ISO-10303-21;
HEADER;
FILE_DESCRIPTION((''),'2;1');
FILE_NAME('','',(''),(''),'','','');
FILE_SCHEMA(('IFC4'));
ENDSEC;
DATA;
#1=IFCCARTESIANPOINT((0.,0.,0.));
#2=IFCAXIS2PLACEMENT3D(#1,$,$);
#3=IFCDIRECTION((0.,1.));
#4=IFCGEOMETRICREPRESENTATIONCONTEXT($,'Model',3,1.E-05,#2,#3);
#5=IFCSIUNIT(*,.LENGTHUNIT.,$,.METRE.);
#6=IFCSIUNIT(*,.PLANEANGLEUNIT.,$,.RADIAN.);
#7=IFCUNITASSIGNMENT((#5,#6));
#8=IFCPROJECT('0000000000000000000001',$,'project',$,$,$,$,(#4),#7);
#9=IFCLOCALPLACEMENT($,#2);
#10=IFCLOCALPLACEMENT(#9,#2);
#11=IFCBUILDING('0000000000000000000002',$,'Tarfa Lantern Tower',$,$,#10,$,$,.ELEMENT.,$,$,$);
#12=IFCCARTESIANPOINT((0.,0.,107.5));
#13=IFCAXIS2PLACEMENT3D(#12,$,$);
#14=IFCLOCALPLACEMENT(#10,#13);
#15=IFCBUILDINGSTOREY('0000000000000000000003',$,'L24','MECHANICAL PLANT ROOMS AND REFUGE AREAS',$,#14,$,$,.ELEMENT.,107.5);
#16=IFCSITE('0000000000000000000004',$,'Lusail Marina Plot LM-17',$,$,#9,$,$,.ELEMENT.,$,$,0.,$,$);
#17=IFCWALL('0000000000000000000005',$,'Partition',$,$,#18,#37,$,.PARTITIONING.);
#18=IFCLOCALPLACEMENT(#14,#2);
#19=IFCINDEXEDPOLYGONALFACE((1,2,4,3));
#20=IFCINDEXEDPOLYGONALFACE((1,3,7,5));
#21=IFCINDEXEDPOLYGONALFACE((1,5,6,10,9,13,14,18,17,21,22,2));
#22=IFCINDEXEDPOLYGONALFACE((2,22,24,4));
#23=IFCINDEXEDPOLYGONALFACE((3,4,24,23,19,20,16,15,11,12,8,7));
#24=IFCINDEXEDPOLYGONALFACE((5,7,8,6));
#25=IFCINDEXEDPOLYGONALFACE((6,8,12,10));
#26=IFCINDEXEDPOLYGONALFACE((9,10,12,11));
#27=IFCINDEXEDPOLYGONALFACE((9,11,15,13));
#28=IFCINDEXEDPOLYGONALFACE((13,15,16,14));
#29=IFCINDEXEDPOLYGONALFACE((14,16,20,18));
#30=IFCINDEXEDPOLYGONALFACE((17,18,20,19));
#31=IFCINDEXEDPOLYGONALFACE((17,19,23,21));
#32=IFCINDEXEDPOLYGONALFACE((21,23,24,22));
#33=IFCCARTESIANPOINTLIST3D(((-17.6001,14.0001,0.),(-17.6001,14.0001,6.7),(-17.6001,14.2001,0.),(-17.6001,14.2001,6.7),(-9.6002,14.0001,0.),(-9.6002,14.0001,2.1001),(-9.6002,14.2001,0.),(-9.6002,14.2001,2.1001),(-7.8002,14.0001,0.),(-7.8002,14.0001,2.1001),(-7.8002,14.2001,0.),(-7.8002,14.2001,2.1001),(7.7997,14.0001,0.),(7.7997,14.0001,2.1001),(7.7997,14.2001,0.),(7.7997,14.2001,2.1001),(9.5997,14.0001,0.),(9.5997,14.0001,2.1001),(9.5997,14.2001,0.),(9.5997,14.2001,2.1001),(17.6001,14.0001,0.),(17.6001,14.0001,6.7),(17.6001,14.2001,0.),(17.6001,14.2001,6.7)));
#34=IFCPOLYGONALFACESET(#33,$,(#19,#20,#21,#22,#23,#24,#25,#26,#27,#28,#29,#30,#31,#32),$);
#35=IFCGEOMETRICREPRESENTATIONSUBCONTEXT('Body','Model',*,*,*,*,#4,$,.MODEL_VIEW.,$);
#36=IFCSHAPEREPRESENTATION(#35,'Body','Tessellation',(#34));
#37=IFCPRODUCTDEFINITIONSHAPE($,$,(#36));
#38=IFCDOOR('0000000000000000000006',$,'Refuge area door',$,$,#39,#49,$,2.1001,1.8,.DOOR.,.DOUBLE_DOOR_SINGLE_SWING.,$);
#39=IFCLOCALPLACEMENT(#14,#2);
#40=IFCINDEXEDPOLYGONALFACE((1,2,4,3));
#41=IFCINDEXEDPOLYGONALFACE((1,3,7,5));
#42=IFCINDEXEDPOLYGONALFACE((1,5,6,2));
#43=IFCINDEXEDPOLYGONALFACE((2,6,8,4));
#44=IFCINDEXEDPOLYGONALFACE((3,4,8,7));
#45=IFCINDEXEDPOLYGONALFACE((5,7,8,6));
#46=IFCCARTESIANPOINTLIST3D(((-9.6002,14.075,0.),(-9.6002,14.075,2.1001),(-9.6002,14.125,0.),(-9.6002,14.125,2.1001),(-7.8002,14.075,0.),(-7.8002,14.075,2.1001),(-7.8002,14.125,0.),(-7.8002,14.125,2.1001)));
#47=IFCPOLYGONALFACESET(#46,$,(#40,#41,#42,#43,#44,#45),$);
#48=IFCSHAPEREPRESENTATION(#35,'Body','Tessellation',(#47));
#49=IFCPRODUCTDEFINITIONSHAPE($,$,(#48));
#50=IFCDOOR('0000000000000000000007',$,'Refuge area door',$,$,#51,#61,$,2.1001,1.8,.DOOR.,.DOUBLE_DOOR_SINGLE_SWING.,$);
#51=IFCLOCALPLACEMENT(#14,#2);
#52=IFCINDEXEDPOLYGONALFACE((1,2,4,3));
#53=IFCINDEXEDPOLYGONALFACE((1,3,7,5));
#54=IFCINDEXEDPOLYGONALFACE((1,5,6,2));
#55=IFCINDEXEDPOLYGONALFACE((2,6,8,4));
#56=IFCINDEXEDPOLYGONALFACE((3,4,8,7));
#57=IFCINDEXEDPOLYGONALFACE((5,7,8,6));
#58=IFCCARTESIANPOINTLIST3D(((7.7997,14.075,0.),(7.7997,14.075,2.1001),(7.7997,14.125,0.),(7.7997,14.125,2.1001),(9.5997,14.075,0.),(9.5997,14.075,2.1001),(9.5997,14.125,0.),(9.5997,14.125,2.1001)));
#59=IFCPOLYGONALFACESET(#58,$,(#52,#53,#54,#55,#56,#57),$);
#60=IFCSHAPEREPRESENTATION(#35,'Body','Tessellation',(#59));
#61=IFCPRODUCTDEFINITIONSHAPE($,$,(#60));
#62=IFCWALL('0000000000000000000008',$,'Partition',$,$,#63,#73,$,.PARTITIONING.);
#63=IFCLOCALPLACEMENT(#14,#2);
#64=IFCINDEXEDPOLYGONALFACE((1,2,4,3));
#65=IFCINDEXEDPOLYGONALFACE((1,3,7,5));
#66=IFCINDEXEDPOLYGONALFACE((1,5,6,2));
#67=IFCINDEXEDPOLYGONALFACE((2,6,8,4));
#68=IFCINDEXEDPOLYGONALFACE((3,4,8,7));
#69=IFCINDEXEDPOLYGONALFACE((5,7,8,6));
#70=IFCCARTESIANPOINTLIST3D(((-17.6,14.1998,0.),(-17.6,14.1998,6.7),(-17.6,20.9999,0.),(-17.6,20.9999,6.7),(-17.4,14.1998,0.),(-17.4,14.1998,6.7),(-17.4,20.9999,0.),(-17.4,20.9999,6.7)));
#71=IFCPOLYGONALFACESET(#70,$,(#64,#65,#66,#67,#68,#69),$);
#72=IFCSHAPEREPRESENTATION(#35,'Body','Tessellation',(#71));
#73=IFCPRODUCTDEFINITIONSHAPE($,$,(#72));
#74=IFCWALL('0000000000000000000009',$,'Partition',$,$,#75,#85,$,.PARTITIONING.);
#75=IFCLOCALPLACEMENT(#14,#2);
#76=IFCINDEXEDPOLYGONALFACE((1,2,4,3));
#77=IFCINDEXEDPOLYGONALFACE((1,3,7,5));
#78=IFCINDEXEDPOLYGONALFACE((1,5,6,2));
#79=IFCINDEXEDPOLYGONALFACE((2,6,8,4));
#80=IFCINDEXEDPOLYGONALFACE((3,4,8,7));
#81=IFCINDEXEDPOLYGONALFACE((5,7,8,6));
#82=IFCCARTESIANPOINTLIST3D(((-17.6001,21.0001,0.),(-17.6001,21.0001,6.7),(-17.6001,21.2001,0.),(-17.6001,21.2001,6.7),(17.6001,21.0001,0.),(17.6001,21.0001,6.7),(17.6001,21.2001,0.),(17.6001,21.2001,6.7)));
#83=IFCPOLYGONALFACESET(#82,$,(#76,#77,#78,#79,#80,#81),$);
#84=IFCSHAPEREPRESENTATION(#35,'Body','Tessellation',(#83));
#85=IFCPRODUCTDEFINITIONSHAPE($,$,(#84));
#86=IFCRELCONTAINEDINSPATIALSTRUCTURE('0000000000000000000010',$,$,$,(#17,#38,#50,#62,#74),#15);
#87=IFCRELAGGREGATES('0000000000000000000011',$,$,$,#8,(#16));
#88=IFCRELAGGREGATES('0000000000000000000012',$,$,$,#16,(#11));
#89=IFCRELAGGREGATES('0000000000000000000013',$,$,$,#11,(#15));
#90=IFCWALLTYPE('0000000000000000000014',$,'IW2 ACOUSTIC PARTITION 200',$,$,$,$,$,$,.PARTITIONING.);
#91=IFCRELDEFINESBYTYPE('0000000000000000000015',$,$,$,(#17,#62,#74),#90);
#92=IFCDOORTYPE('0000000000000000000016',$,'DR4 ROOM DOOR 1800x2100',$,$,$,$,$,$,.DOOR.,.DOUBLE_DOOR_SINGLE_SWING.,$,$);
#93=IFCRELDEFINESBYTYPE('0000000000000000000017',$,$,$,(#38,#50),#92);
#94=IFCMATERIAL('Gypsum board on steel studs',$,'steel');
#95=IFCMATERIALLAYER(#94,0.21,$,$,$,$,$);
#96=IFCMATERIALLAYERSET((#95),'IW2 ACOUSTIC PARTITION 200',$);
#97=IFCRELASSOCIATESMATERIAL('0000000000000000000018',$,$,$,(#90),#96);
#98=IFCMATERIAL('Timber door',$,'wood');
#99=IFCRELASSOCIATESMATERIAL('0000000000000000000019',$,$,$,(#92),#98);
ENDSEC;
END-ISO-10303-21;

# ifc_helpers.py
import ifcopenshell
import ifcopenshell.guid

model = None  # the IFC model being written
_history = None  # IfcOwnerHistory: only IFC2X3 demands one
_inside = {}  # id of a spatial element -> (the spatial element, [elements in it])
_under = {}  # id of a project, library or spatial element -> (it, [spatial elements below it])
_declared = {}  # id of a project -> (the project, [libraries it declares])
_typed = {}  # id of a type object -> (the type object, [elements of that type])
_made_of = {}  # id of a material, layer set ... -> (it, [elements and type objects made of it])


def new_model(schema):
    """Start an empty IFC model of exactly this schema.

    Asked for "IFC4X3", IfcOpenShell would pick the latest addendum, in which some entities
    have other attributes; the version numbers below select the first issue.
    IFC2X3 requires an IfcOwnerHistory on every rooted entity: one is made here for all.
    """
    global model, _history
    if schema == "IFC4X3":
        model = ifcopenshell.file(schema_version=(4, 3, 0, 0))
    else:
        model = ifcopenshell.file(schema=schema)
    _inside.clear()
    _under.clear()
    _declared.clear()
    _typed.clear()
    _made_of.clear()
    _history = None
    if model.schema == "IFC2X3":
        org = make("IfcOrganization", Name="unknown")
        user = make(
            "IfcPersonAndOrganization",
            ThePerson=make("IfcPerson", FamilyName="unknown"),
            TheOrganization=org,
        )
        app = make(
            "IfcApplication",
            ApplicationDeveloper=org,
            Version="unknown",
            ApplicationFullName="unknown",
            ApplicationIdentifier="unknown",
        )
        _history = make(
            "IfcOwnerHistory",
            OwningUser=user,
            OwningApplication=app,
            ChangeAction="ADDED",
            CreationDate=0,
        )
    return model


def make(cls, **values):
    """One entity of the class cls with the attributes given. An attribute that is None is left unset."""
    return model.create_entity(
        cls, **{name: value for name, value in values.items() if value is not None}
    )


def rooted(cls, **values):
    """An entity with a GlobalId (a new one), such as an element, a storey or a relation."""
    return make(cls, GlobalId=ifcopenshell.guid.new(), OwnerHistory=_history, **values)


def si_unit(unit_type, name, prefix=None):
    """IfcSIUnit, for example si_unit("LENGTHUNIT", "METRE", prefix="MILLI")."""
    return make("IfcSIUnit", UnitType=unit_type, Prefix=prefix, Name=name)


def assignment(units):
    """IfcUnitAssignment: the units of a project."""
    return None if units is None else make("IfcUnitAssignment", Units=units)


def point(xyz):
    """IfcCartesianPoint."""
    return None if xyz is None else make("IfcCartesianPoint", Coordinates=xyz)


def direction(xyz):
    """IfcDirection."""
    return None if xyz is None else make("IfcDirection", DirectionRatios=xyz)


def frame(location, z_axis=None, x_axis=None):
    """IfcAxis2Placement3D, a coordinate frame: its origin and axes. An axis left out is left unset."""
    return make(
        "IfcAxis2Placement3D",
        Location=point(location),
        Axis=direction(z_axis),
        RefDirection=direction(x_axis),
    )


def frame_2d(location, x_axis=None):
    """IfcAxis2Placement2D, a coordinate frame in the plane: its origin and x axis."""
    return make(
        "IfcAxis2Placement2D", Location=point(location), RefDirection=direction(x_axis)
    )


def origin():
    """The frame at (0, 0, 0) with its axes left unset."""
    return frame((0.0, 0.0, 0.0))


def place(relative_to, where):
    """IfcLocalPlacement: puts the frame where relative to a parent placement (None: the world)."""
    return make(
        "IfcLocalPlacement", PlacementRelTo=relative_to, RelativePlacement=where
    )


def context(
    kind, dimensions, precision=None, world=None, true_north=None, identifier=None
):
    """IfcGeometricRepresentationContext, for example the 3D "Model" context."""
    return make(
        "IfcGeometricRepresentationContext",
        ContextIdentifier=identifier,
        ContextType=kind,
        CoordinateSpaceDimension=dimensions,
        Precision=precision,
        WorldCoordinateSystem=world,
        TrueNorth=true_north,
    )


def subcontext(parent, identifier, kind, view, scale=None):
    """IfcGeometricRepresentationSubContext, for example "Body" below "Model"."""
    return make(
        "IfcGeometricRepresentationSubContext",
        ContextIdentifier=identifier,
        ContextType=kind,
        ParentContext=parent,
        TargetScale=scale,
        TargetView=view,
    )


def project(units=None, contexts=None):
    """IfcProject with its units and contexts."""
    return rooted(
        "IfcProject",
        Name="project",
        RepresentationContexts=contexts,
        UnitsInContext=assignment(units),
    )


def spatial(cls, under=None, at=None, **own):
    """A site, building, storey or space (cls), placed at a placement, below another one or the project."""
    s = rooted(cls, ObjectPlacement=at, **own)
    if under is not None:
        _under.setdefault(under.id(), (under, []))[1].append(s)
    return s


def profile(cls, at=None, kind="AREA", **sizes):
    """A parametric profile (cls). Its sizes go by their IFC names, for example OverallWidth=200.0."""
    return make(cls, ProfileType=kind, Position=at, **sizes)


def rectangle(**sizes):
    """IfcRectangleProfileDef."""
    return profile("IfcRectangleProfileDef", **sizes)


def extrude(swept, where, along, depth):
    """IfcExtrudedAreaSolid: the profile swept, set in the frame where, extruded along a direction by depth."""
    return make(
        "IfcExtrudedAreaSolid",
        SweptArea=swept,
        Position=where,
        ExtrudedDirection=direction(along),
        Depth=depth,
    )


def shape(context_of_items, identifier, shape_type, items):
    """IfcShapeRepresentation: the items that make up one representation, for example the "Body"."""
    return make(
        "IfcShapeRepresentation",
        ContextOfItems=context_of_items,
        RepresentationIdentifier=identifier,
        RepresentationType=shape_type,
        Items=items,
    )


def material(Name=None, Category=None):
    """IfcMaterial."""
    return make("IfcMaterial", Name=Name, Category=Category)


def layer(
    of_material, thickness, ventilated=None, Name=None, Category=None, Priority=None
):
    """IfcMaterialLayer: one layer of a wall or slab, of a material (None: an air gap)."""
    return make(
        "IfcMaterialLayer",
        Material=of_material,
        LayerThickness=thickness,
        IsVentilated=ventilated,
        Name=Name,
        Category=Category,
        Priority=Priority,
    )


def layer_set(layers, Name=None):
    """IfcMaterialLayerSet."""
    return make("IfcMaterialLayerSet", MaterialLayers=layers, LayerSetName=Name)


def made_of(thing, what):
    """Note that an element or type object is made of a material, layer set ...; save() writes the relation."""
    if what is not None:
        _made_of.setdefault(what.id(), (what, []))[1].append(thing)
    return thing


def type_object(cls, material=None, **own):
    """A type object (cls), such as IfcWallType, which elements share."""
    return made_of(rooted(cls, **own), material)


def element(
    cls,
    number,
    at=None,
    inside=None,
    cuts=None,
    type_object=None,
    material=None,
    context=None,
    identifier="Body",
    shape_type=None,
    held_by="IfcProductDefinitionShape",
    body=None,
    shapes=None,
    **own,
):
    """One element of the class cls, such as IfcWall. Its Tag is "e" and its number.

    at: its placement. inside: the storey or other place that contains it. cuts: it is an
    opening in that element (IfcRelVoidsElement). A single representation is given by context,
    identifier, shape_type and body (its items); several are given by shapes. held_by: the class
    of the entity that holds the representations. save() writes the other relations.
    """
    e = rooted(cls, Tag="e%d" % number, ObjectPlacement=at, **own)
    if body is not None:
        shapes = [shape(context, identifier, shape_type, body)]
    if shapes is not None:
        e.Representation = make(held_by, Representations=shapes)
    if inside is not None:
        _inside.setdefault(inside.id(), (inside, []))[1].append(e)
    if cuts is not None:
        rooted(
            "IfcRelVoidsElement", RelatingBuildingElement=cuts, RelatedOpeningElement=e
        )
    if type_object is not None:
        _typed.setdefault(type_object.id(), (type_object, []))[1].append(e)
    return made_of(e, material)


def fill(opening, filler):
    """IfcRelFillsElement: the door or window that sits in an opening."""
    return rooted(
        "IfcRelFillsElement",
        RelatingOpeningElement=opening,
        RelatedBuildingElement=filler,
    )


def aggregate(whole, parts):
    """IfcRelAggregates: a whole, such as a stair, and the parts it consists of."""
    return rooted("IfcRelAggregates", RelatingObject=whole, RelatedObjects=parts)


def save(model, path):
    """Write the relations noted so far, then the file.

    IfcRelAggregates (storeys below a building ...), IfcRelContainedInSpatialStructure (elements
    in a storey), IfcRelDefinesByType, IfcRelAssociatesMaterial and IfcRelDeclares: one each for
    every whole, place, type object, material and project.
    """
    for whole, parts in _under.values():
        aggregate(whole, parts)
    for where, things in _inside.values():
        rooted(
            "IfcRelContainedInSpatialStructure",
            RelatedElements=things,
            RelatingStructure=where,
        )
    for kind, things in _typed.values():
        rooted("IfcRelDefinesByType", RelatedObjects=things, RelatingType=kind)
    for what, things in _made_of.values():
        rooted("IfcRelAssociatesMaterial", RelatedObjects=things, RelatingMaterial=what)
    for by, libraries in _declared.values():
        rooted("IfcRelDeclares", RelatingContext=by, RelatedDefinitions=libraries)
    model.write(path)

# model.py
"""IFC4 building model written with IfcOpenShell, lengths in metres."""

from ifc_helpers import new_model, si_unit, direction, frame, frame_2d, origin, place, context, subcontext, project, spatial, rectangle, extrude, material, layer, layer_set, type_object, element, fill, save


model = new_model("IFC4")

# Units and contexts
model_context = context("Model", 3, precision=1e-05, world=origin(), true_north=direction((0.0, 1.0)))
body_context = subcontext(model_context, "Body", "Model", "MODEL_VIEW")
ifc_project = project(units=[si_unit("LENGTHUNIT", "METRE"), si_unit("PLANEANGLEUNIT", "RADIAN")], contexts=[model_context])

# Site, building, storey
site_placement = place(None, origin())
site = spatial("IfcSite", under=ifc_project, at=site_placement, Name="Lusail Marina Plot LM-17", CompositionType="ELEMENT", RefElevation=0.0)
building_placement = place(site_placement, origin())
building = spatial("IfcBuilding", under=site, at=building_placement, Name="Tarfa Lantern Tower", CompositionType="ELEMENT")
storey_placement = place(building_placement, frame((0.0, 0.0, 107.5)))
storey = spatial("IfcBuildingStorey", under=building, at=storey_placement, Name="L24", Description="MECHANICAL PLANT ROOMS AND REFUGE AREAS", CompositionType="ELEMENT", Elevation=107.5)

# Wall, openings, doors
ifc_material_1 = material(Name="Gypsum board on steel studs", Category="steel")
ifc_layer_1 = layer(ifc_material_1, 0.21)
ifc_layer_set_1 = layer_set([ifc_layer_1], Name="IW2 ACOUSTIC PARTITION 200")
wall_type_1 = type_object("IfcWallType", Name="IW2 ACOUSTIC PARTITION 200", PredefinedType="PARTITIONING", material=ifc_layer_set_1)
wall_1_placement = place(storey_placement, frame((-17.6001, 14.1001, 0.0), z_axis=(0.0, 0.0, 1.0), x_axis=(1.0, 0.0, 0.0)))
wall_1 = element("IfcWall", 1, at=wall_1_placement, inside=storey, type_object=wall_type_1, Name="Partition", PredefinedType="PARTITIONING", context=body_context, shape_type="SweptSolid", body=[
    extrude(rectangle(XDim=35.2002, YDim=0.2, at=frame_2d((17.6001, 0.0))), origin(), (0.0, 0.0, 1.0), 6.7),
])
opening_1_placement = place(wall_1_placement, frame((8.0, 0.0, 0.0)))
opening_1 = element("IfcOpeningElement", 2, at=opening_1_placement, cuts=wall_1, PredefinedType="OPENING", context=body_context, shape_type="SweptSolid", body=[
    extrude(rectangle(XDim=1.8, YDim=2.1001, at=frame_2d((0.8999, 1.05))), frame((0.0, 0.1099, 0.0), z_axis=(0.0, -1.0, 0.0), x_axis=(1.0, 0.0, 0.0)), (0.0, 0.0, 1.0), 0.22),
])
opening_2_placement = place(wall_1_placement, frame((25.3999, 0.0, 0.0)))
opening_2 = element("IfcOpeningElement", 3, at=opening_2_placement, cuts=wall_1, PredefinedType="OPENING", context=body_context, shape_type="SweptSolid", body=[
    extrude(rectangle(XDim=1.8, YDim=2.1001, at=frame_2d((0.8999, 1.05))), frame((0.0, 0.1099, 0.0), z_axis=(0.0, -1.0, 0.0), x_axis=(1.0, 0.0, 0.0)), (0.0, 0.0, 1.0), 0.22),
])
ifc_material_2 = material(Name="Timber door", Category="wood")
door_type_1 = type_object("IfcDoorType", Name="DR4 ROOM DOOR 1800x2100", OperationType="DOUBLE_DOOR_SINGLE_SWING", PredefinedType="DOOR", material=ifc_material_2)
door_1_placement = place(opening_1_placement, origin())
door_1 = element("IfcDoor", 4, at=door_1_placement, inside=storey, type_object=door_type_1, Name="Refuge area door", OperationType="DOUBLE_DOOR_SINGLE_SWING", OverallHeight=2.1001, OverallWidth=1.8, PredefinedType="DOOR", context=body_context, shape_type="SweptSolid", body=[
    extrude(rectangle(XDim=1.8, YDim=2.1001, at=frame_2d((0.8999, 1.05))), frame((0.0, 0.0249, 0.0), z_axis=(0.0, -1.0, 0.0), x_axis=(1.0, 0.0, 0.0)), (0.0, 0.0, 1.0), 0.05),
])
fill(opening_1, door_1)
door_2_placement = place(opening_2_placement, origin())
door_2 = element("IfcDoor", 5, at=door_2_placement, inside=storey, type_object=door_type_1, Name="Refuge area door", OperationType="DOUBLE_DOOR_SINGLE_SWING", OverallHeight=2.1001, OverallWidth=1.8, PredefinedType="DOOR", context=body_context, shape_type="SweptSolid", body=[
    extrude(rectangle(XDim=1.8, YDim=2.1001, at=frame_2d((0.8999, 1.05))), frame((0.0, 0.0249, 0.0), z_axis=(0.0, -1.0, 0.0), x_axis=(1.0, 0.0, 0.0)), (0.0, 0.0, 1.0), 0.05),
])
fill(opening_2, door_2)

# Walls
wall_2_placement = place(storey_placement, frame((-17.5, 14.2, 0.0), z_axis=(0.0, 0.0, 1.0), x_axis=(0.0, 1.0, 0.0)))
element("IfcWall", 6, at=wall_2_placement, inside=storey, type_object=wall_type_1, Name="Partition", PredefinedType="PARTITIONING", context=body_context, shape_type="SweptSolid", body=[
    extrude(rectangle(XDim=6.8, YDim=0.2, at=frame_2d((3.3999, 0.0))), origin(), (0.0, 0.0, 1.0), 6.7),
])
wall_3_placement = place(storey_placement, frame((-17.6001, 21.1001, 0.0), z_axis=(0.0, 0.0, 1.0), x_axis=(1.0, 0.0, 0.0)))
element("IfcWall", 7, at=wall_3_placement, inside=storey, type_object=wall_type_1, Name="Partition", PredefinedType="PARTITIONING", context=body_context, shape_type="SweptSolid", body=[
    extrude(rectangle(XDim=35.2002, YDim=0.2, at=frame_2d((17.6001, 0.0))), origin(), (0.0, 0.0, 1.0), 6.7),
])

save(model, "model.ifc")
